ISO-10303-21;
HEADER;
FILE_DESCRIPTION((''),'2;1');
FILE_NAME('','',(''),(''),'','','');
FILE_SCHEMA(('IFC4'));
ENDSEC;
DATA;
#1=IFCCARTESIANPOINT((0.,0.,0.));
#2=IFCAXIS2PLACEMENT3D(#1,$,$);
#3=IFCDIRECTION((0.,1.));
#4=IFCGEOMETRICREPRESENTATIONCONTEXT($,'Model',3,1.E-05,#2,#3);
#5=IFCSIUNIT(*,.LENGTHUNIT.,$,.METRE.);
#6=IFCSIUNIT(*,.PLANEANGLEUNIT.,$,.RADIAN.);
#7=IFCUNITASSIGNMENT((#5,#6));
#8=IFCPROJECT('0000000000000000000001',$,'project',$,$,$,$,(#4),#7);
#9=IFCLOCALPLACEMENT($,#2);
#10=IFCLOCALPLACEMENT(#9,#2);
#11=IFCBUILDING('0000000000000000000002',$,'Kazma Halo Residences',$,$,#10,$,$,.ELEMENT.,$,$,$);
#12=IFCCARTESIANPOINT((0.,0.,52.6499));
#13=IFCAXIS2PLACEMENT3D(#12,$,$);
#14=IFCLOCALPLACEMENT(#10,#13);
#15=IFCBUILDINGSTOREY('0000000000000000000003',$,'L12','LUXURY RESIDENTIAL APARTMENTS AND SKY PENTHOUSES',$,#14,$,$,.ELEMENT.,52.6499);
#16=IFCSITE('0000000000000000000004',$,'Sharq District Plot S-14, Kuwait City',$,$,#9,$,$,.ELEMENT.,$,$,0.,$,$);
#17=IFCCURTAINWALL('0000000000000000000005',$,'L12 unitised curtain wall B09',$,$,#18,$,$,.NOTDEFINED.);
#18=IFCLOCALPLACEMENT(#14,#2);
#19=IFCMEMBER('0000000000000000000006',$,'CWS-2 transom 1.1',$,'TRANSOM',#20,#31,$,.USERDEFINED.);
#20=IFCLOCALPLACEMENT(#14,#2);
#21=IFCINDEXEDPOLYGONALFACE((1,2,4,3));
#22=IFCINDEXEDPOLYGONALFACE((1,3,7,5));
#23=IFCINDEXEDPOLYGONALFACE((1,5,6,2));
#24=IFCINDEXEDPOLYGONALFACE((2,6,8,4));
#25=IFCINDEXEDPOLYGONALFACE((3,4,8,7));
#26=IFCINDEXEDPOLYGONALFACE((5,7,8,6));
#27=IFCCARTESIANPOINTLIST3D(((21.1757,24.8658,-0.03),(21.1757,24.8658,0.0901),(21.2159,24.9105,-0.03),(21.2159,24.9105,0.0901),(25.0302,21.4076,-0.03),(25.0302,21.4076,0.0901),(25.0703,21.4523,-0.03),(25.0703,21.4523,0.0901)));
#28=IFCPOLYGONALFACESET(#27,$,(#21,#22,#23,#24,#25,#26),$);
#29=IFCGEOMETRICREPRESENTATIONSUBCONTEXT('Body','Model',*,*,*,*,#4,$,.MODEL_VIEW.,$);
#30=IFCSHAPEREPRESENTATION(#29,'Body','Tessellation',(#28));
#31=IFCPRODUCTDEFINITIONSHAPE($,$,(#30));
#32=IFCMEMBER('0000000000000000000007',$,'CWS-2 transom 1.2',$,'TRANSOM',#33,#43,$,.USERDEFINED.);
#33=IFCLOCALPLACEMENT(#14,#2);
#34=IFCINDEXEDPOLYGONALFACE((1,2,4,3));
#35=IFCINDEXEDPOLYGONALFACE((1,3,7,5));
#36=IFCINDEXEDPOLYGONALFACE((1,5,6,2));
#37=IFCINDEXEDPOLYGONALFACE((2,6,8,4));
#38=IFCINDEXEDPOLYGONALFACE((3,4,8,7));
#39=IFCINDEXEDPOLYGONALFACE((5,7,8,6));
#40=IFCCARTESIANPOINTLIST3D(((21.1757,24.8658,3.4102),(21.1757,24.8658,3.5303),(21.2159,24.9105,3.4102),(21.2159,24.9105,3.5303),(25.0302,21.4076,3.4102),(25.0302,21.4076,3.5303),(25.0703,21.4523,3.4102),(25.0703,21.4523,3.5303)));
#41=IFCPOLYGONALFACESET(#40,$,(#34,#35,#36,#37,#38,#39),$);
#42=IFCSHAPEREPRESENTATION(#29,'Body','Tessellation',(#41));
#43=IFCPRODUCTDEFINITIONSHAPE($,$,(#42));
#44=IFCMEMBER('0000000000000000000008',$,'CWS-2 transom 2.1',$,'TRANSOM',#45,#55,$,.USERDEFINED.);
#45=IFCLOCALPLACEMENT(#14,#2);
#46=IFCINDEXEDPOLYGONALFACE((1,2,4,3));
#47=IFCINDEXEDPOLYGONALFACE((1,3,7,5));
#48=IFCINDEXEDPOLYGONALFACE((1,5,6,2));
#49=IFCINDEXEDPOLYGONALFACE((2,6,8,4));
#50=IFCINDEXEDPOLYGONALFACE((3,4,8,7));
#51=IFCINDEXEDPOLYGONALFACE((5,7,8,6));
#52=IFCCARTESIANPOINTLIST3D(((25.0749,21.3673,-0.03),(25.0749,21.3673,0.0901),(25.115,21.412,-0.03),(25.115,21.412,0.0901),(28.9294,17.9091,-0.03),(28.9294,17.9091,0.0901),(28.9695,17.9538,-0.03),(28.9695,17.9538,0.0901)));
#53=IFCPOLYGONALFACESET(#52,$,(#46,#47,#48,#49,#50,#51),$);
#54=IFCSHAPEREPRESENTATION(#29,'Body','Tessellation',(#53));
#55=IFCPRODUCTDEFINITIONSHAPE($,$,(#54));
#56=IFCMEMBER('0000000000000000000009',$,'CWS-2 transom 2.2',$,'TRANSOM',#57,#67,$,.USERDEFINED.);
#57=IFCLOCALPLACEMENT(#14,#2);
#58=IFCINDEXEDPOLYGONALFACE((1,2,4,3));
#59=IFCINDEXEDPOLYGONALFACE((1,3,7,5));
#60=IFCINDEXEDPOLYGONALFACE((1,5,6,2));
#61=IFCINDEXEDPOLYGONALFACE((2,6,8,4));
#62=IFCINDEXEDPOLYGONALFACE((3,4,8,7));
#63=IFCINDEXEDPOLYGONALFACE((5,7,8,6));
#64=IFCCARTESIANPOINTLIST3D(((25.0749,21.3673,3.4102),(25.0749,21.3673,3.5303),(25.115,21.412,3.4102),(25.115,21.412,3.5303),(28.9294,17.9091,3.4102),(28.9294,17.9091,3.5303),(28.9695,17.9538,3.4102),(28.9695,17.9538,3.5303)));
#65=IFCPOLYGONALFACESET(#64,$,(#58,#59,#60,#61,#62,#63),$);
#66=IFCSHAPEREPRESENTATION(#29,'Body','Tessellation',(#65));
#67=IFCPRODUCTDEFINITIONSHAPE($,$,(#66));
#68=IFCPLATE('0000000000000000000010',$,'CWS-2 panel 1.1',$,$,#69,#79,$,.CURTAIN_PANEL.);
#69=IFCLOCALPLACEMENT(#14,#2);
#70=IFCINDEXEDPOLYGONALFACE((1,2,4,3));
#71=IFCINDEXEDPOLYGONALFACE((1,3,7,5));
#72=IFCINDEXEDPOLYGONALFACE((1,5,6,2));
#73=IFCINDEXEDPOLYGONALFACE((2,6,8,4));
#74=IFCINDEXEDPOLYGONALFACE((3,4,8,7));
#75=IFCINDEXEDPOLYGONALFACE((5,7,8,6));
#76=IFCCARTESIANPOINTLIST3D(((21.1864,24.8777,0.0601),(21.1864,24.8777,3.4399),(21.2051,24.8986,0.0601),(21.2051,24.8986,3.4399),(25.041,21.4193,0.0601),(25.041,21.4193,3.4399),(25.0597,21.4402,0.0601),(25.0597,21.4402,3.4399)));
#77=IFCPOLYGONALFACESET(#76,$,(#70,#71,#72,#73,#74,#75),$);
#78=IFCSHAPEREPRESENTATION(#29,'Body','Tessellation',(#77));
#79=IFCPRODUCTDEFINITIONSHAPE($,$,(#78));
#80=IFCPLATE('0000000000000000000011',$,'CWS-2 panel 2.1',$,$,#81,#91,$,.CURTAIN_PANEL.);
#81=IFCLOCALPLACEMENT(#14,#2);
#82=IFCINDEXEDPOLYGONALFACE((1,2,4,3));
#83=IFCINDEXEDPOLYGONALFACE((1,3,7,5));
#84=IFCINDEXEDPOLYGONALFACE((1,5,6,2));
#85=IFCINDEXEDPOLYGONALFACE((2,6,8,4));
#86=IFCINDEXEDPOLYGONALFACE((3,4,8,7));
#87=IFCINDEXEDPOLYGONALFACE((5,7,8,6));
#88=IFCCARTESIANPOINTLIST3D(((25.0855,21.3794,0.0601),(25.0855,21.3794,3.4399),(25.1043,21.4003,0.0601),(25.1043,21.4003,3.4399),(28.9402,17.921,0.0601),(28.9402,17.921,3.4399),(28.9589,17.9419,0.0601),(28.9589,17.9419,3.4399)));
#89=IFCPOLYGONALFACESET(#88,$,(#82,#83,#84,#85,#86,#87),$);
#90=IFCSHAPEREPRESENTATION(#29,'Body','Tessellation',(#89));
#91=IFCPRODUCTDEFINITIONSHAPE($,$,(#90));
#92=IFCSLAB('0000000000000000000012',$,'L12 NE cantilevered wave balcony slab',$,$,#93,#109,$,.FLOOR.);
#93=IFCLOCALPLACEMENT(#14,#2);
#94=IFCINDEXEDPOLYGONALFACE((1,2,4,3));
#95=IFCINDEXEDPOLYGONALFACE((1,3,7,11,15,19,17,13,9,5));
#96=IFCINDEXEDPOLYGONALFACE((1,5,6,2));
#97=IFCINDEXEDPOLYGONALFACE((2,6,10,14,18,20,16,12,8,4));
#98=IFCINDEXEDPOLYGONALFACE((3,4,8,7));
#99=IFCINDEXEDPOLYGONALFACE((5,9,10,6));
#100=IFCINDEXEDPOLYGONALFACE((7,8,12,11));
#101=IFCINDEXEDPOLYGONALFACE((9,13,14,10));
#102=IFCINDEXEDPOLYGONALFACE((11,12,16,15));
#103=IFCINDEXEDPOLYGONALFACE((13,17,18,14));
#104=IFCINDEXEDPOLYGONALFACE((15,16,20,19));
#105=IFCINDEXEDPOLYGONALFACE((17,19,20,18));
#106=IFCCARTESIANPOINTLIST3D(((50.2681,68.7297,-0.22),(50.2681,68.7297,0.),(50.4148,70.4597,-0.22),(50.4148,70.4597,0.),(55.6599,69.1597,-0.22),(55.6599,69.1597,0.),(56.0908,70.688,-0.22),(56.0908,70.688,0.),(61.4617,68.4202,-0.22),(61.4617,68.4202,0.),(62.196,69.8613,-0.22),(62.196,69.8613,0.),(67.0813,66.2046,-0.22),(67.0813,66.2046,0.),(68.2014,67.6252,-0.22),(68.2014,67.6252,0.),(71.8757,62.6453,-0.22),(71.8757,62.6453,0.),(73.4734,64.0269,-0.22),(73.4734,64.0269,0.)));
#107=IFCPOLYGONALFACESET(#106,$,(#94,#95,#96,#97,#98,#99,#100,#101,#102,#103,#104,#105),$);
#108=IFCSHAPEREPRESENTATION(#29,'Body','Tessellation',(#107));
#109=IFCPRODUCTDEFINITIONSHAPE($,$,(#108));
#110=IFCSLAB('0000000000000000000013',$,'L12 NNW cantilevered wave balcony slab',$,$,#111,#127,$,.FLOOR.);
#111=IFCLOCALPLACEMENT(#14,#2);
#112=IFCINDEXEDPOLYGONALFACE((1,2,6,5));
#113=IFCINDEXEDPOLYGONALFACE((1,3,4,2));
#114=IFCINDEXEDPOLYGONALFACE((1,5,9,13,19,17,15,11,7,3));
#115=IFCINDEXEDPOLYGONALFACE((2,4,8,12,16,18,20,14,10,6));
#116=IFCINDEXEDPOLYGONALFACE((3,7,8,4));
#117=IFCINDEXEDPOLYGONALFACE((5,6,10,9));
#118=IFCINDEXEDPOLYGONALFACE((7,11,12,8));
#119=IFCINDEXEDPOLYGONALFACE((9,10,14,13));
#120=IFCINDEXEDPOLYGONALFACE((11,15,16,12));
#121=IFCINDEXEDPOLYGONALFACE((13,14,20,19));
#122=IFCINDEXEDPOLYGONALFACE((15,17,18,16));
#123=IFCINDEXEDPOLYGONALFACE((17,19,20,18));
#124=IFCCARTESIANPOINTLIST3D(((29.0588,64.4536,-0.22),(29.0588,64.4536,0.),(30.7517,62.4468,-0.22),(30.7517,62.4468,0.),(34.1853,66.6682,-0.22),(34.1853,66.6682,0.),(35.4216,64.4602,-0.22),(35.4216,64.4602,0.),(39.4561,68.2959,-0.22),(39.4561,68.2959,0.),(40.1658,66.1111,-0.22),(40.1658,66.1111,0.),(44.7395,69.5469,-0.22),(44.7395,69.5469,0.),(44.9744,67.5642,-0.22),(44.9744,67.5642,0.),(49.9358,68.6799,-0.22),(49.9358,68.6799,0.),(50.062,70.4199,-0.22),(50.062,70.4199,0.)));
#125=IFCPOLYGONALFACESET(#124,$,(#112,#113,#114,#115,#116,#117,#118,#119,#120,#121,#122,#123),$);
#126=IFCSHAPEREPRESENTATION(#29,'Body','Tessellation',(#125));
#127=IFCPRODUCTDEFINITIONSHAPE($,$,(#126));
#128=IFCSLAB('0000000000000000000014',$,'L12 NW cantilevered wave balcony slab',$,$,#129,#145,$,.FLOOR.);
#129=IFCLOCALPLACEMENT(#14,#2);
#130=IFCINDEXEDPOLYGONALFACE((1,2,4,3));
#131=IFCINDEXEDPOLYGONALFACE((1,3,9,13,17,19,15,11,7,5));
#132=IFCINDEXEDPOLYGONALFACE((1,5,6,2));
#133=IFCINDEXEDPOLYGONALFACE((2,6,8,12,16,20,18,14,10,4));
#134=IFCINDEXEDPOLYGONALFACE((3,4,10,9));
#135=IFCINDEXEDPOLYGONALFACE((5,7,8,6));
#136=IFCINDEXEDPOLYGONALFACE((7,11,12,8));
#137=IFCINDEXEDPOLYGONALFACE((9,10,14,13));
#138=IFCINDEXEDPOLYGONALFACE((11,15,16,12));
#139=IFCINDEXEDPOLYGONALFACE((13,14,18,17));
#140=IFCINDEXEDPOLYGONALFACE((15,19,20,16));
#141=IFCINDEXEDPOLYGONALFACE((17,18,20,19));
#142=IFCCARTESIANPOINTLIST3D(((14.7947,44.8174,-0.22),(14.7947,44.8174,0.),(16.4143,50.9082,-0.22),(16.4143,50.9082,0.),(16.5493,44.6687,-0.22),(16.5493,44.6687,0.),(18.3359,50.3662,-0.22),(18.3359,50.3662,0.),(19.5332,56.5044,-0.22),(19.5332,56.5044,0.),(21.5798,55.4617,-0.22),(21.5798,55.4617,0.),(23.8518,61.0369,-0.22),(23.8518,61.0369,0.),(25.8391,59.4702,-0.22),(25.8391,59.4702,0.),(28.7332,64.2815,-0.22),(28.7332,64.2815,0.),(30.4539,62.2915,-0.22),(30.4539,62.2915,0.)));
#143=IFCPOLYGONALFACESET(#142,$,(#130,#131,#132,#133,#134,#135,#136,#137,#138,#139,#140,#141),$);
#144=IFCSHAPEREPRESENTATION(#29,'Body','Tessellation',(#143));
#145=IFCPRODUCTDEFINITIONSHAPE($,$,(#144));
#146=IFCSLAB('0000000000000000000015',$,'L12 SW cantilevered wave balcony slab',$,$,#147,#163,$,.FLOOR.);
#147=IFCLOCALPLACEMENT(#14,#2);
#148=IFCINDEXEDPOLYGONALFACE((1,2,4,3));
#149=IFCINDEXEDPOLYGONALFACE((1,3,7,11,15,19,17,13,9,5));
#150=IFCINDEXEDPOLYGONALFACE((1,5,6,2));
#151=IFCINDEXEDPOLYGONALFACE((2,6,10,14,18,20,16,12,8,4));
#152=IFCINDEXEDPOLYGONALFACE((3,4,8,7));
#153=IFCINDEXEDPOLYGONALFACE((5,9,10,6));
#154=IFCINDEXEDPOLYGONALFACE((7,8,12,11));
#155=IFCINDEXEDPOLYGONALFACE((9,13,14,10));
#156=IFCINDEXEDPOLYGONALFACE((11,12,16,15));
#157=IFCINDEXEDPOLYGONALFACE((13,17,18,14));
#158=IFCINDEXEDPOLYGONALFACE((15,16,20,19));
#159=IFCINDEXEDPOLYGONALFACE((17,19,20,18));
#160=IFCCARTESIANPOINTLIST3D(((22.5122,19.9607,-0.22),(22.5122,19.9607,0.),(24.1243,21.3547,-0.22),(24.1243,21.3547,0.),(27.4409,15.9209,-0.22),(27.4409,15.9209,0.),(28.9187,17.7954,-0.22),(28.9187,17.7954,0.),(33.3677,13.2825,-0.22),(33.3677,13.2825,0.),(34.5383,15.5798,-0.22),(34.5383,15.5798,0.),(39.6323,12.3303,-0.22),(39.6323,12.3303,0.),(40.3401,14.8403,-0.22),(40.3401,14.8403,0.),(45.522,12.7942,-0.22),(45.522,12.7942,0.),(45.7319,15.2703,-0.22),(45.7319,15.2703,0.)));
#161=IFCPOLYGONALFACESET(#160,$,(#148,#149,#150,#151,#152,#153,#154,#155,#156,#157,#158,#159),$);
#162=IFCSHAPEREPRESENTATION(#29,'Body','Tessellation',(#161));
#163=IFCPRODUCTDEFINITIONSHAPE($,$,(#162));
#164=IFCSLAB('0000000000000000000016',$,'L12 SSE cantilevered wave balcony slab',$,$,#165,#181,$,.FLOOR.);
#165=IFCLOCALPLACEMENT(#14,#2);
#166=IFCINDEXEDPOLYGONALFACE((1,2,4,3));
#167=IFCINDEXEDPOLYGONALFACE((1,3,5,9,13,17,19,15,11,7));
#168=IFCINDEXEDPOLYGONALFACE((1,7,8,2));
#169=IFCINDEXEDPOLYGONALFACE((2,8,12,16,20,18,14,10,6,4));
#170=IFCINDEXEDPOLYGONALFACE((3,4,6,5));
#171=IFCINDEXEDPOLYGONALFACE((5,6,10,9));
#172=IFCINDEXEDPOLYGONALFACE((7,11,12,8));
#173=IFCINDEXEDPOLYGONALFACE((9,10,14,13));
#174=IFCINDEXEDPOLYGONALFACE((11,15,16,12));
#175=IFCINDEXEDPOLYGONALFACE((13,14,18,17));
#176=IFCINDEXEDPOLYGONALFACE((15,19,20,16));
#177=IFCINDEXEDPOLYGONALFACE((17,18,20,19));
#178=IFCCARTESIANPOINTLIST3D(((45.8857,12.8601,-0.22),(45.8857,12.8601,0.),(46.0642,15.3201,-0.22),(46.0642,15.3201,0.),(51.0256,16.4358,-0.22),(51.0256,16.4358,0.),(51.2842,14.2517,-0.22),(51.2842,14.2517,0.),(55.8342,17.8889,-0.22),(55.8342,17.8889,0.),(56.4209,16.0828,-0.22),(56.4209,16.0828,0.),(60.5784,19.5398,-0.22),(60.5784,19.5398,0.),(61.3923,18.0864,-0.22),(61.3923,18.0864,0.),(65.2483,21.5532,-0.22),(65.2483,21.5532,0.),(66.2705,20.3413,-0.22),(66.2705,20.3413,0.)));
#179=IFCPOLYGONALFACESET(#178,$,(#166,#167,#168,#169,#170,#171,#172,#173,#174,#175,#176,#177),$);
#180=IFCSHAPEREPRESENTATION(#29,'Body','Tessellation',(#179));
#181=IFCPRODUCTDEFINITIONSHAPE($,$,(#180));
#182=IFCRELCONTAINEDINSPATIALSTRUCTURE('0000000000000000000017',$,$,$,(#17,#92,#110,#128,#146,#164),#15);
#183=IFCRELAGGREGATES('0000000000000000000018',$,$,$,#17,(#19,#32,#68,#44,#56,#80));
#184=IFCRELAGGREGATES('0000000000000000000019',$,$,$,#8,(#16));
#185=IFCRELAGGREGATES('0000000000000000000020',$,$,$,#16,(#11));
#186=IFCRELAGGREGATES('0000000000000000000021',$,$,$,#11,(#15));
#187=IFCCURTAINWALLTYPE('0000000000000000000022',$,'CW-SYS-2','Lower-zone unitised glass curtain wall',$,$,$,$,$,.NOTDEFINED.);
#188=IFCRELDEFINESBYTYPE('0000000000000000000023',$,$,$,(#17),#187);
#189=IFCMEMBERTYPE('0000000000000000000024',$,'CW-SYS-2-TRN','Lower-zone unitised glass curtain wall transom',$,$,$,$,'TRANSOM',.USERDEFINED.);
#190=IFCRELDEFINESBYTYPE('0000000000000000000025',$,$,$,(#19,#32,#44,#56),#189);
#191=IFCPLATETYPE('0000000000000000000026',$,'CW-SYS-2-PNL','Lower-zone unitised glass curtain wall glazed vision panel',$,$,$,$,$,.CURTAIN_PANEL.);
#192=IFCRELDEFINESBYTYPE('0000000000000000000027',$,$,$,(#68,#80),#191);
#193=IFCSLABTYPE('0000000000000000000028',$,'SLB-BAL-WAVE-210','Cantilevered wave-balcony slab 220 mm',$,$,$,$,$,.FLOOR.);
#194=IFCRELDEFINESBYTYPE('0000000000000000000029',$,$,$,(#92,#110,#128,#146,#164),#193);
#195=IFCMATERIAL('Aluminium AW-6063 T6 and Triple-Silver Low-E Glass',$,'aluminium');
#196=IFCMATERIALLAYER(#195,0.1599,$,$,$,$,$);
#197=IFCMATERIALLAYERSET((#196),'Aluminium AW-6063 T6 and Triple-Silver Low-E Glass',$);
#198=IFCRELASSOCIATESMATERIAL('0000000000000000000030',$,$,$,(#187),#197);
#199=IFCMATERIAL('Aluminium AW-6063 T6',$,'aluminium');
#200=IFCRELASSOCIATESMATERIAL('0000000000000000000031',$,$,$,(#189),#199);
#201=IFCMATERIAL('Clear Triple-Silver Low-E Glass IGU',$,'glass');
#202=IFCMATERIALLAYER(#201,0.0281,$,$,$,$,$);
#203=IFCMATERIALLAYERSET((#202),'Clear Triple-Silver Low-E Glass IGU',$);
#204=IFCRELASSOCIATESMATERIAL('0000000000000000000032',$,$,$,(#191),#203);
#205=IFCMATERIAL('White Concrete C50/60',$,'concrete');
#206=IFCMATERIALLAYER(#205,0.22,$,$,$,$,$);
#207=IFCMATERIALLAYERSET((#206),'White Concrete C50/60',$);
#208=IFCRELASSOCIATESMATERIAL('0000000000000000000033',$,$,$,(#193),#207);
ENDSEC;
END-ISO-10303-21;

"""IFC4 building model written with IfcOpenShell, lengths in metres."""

from ifc_helpers import new_model, si_unit, direction, frame, origin, origin_2d, place, context, subcontext, project, spatial, polyline, rectangle, outline, extrude, material, layer, layer_set, material_profile, profile_set, type_object, element, aggregate, save


model = new_model("IFC4")

# Units and contexts
model_context = context("Model", 3, precision=1e-05, world=origin(), true_north=direction((0.0, 1.0)))
body_context = subcontext(model_context, "Body", "Model", "MODEL_VIEW")
ifc_project = project(units=[si_unit("LENGTHUNIT", "METRE"), si_unit("PLANEANGLEUNIT", "RADIAN")], contexts=[model_context])

# Site, building, storey
site_placement = place(None, origin())
site = spatial("IfcSite", under=ifc_project, at=site_placement, Name="Sharq District Plot S-14, Kuwait City", CompositionType="ELEMENT", RefElevation=0.0)
building_placement = place(site_placement, origin())
building = spatial("IfcBuilding", under=site, at=building_placement, Name="Kazma Halo Residences", CompositionType="ELEMENT")
storey_placement = place(building_placement, frame((0.0, 0.0, 52.6499)))
storey = spatial("IfcBuildingStorey", under=building, at=storey_placement, Name="L12", Description="LUXURY RESIDENTIAL APARTMENTS AND SKY PENTHOUSES", CompositionType="ELEMENT", Elevation=52.6499)

# Curtain wall, members, plates
ifc_material_1 = material(Name="Aluminium AW-6063 T6 and Triple-Silver Low-E Glass", Category="aluminium")
ifc_layer_1 = layer(ifc_material_1, 0.1599)
ifc_layer_set_1 = layer_set([ifc_layer_1], Name="Aluminium AW-6063 T6 and Triple-Silver Low-E Glass")
curtain_wall_type = type_object("IfcCurtainWallType", Name="CW-SYS-2", Description="Lower-zone unitised glass curtain wall", PredefinedType="NOTDEFINED", material=ifc_layer_set_1)
curtain_wall_placement = place(storey_placement, origin())
curtain_wall = element("IfcCurtainWall", 1, at=curtain_wall_placement, inside=storey, type_object=curtain_wall_type, Name="L12 unitised curtain wall B09", PredefinedType="NOTDEFINED")
ifc_material_2 = material(Name="Aluminium AW-6063 T6", Category="aluminium")
ifc_material_profile_1 = material_profile(ifc_material_2, rectangle(XDim=0.0601, YDim=0.1201, at=origin_2d()), Name="CWT-60x120")
ifc_profile_set_1 = profile_set([ifc_material_profile_1], Name="Aluminium AW-6063 T6")
member_type_1 = type_object("IfcMemberType", Name="CW-SYS-2-TRN", Description="Lower-zone unitised glass curtain wall transom", ElementType="TRANSOM", PredefinedType="USERDEFINED", material=ifc_profile_set_1)
member_1_placement = place(storey_placement, frame((21.1958, 24.8882, 0.03), z_axis=(0.744329, -0.667813, 0.0), x_axis=(0.667813, 0.744329, 0.0)))
member_1 = element("IfcMember", 2, at=member_1_placement, type_object=member_type_1, Name="CWS-2 transom 1.1", ObjectType="TRANSOM", PredefinedType="USERDEFINED", context=body_context, shape_type="SweptSolid", body=[
    extrude(rectangle(XDim=0.0601, YDim=0.1201, at=origin_2d()), origin(), (0.0, 0.0, 1.0), 5.1785),
])
member_2_placement = place(storey_placement, frame((21.1958, 24.8882, 3.4702), z_axis=(0.744329, -0.667813, 0.0), x_axis=(0.667813, 0.744329, 0.0)))
member_2 = element("IfcMember", 3, at=member_2_placement, type_object=member_type_1, Name="CWS-2 transom 1.2", ObjectType="TRANSOM", PredefinedType="USERDEFINED", context=body_context, shape_type="SweptSolid", body=[
    extrude(rectangle(XDim=0.0601, YDim=0.1201, at=origin_2d()), origin(), (0.0, 0.0, 1.0), 5.1785),
])
member_3_placement = place(storey_placement, frame((25.095, 21.3896, 0.03), z_axis=(0.744329, -0.667813, 0.0), x_axis=(0.667813, 0.744329, 0.0)))
member_3 = element("IfcMember", 4, at=member_3_placement, type_object=member_type_1, Name="CWS-2 transom 2.1", ObjectType="TRANSOM", PredefinedType="USERDEFINED", context=body_context, shape_type="SweptSolid", body=[
    extrude(rectangle(XDim=0.0601, YDim=0.1201, at=origin_2d()), origin(), (0.0, 0.0, 1.0), 5.1785),
])
member_4_placement = place(storey_placement, frame((25.095, 21.3896, 3.4702), z_axis=(0.744329, -0.667813, 0.0), x_axis=(0.667813, 0.744329, 0.0)))
member_4 = element("IfcMember", 5, at=member_4_placement, type_object=member_type_1, Name="CWS-2 transom 2.2", ObjectType="TRANSOM", PredefinedType="USERDEFINED", context=body_context, shape_type="SweptSolid", body=[
    extrude(rectangle(XDim=0.0601, YDim=0.1201, at=origin_2d()), origin(), (0.0, 0.0, 1.0), 5.1785),
])
ifc_material_3 = material(Name="Clear Triple-Silver Low-E Glass IGU", Category="glass")
ifc_layer_2 = layer(ifc_material_3, 0.0281)
ifc_layer_set_2 = layer_set([ifc_layer_2], Name="Clear Triple-Silver Low-E Glass IGU")
plate_type = type_object("IfcPlateType", Name="CW-SYS-2-PNL", Description="Lower-zone unitised glass curtain wall glazed vision panel", PredefinedType="CURTAIN_PANEL", material=ifc_layer_set_2)
plate_1_placement = place(storey_placement, frame((23.123, 23.1589, 0.0601), z_axis=(0.0, 0.0, 1.0), x_axis=(0.744322, -0.667821, 0.0)))
plate_1 = element("IfcPlate", 6, at=plate_1_placement, type_object=plate_type, Name="CWS-2 panel 1.1", PredefinedType="CURTAIN_PANEL", context=body_context, shape_type="SweptSolid", body=[
    extrude(rectangle(XDim=5.1787, YDim=0.0281, at=origin_2d()), origin(), (0.0, 0.0, 1.0), 3.3799),
])
plate_2_placement = place(storey_placement, frame((27.0222, 19.6606, 0.0601), z_axis=(0.0, 0.0, 1.0), x_axis=(0.744322, -0.667821, 0.0)))
plate_2 = element("IfcPlate", 7, at=plate_2_placement, type_object=plate_type, Name="CWS-2 panel 2.1", PredefinedType="CURTAIN_PANEL", context=body_context, shape_type="SweptSolid", body=[
    extrude(rectangle(XDim=5.1787, YDim=0.0281, at=origin_2d()), origin(), (0.0, 0.0, 1.0), 3.3799),
])
aggregate(curtain_wall, [member_1, member_2, plate_1, member_3, member_4, plate_2])

# Slabs
ifc_material_4 = material(Name="White Concrete C50/60", Category="concrete")
ifc_layer_3 = layer(ifc_material_4, 0.22)
ifc_layer_set_3 = layer_set([ifc_layer_3], Name="White Concrete C50/60")
slab_type_1 = type_object("IfcSlabType", Name="SLB-BAL-WAVE-210", Description="Cantilevered wave-balcony slab 220 mm", PredefinedType="FLOOR", material=ifc_layer_set_3)
slab_1_placement = place(storey_placement, frame((0.0, 0.0, -0.22)))
element("IfcSlab", 8, at=slab_1_placement, inside=storey, type_object=slab_type_1, Name="L12 NE cantilevered wave balcony slab", PredefinedType="FLOOR", context=body_context, shape_type="SweptSolid", body=[
    extrude(outline(polyline([(71.8757, 62.6453), (67.0813, 66.2046), (61.4617, 68.4202), (55.6599, 69.1597), (50.2681, 68.7297), (50.4148, 70.4597), (56.0908, 70.688), (62.196, 69.8613), (68.2014, 67.6252), (73.4734, 64.0269), (71.8757, 62.6453)])), origin(), (0.0, 0.0, 1.0), 0.22),
])
slab_2_placement = place(storey_placement, frame((0.0, 0.0, -0.22)))
element("IfcSlab", 9, at=slab_2_placement, inside=storey, type_object=slab_type_1, Name="L12 NNW cantilevered wave balcony slab", PredefinedType="FLOOR", context=body_context, shape_type="SweptSolid", body=[
    extrude(outline(polyline([(49.9358, 68.6799), (44.9744, 67.5642), (40.1658, 66.1111), (35.4216, 64.4602), (30.7517, 62.4468), (29.0588, 64.4536), (34.1853, 66.6682), (39.4561, 68.2959), (44.7395, 69.5469), (50.062, 70.4199), (49.9358, 68.6799)])), origin(), (0.0, 0.0, 1.0), 0.22),
])
slab_3_placement = place(storey_placement, frame((0.0, 0.0, -0.22)))
element("IfcSlab", 10, at=slab_3_placement, inside=storey, type_object=slab_type_1, Name="L12 NW cantilevered wave balcony slab", PredefinedType="FLOOR", context=body_context, shape_type="SweptSolid", body=[
    extrude(outline(polyline([(30.4539, 62.2915), (25.8391, 59.4702), (21.5798, 55.4617), (18.3359, 50.3662), (16.5493, 44.6687), (14.7947, 44.8174), (16.4143, 50.9082), (19.5332, 56.5044), (23.8518, 61.0369), (28.7332, 64.2815), (30.4539, 62.2915)])), origin(), (0.0, 0.0, 1.0), 0.22),
])
slab_4_placement = place(storey_placement, frame((0.0, 0.0, -0.22)))
element("IfcSlab", 11, at=slab_4_placement, inside=storey, type_object=slab_type_1, Name="L12 SW cantilevered wave balcony slab", PredefinedType="FLOOR", context=body_context, shape_type="SweptSolid", body=[
    extrude(outline(polyline([(24.1243, 21.3547), (28.9187, 17.7954), (34.5383, 15.5798), (40.3401, 14.8403), (45.7319, 15.2703), (45.522, 12.7942), (39.6323, 12.3303), (33.3677, 13.2825), (27.4409, 15.9209), (22.5122, 19.9607), (24.1243, 21.3547)])), origin(), (0.0, 0.0, 1.0), 0.22),
])
slab_5_placement = place(storey_placement, frame((0.0, 0.0, -0.22)))
element("IfcSlab", 12, at=slab_5_placement, inside=storey, type_object=slab_type_1, Name="L12 SSE cantilevered wave balcony slab", PredefinedType="FLOOR", context=body_context, shape_type="SweptSolid", body=[
    extrude(outline(polyline([(46.0642, 15.3201), (51.0256, 16.4358), (55.8342, 17.8889), (60.5784, 19.5398), (65.2483, 21.5532), (66.2705, 20.3413), (61.3923, 18.0864), (56.4209, 16.0828), (51.2842, 14.2517), (45.8857, 12.8601), (46.0642, 15.3201)])), origin(), (0.0, 0.0, 1.0), 0.22),
])

save(model, "model.ifc")
